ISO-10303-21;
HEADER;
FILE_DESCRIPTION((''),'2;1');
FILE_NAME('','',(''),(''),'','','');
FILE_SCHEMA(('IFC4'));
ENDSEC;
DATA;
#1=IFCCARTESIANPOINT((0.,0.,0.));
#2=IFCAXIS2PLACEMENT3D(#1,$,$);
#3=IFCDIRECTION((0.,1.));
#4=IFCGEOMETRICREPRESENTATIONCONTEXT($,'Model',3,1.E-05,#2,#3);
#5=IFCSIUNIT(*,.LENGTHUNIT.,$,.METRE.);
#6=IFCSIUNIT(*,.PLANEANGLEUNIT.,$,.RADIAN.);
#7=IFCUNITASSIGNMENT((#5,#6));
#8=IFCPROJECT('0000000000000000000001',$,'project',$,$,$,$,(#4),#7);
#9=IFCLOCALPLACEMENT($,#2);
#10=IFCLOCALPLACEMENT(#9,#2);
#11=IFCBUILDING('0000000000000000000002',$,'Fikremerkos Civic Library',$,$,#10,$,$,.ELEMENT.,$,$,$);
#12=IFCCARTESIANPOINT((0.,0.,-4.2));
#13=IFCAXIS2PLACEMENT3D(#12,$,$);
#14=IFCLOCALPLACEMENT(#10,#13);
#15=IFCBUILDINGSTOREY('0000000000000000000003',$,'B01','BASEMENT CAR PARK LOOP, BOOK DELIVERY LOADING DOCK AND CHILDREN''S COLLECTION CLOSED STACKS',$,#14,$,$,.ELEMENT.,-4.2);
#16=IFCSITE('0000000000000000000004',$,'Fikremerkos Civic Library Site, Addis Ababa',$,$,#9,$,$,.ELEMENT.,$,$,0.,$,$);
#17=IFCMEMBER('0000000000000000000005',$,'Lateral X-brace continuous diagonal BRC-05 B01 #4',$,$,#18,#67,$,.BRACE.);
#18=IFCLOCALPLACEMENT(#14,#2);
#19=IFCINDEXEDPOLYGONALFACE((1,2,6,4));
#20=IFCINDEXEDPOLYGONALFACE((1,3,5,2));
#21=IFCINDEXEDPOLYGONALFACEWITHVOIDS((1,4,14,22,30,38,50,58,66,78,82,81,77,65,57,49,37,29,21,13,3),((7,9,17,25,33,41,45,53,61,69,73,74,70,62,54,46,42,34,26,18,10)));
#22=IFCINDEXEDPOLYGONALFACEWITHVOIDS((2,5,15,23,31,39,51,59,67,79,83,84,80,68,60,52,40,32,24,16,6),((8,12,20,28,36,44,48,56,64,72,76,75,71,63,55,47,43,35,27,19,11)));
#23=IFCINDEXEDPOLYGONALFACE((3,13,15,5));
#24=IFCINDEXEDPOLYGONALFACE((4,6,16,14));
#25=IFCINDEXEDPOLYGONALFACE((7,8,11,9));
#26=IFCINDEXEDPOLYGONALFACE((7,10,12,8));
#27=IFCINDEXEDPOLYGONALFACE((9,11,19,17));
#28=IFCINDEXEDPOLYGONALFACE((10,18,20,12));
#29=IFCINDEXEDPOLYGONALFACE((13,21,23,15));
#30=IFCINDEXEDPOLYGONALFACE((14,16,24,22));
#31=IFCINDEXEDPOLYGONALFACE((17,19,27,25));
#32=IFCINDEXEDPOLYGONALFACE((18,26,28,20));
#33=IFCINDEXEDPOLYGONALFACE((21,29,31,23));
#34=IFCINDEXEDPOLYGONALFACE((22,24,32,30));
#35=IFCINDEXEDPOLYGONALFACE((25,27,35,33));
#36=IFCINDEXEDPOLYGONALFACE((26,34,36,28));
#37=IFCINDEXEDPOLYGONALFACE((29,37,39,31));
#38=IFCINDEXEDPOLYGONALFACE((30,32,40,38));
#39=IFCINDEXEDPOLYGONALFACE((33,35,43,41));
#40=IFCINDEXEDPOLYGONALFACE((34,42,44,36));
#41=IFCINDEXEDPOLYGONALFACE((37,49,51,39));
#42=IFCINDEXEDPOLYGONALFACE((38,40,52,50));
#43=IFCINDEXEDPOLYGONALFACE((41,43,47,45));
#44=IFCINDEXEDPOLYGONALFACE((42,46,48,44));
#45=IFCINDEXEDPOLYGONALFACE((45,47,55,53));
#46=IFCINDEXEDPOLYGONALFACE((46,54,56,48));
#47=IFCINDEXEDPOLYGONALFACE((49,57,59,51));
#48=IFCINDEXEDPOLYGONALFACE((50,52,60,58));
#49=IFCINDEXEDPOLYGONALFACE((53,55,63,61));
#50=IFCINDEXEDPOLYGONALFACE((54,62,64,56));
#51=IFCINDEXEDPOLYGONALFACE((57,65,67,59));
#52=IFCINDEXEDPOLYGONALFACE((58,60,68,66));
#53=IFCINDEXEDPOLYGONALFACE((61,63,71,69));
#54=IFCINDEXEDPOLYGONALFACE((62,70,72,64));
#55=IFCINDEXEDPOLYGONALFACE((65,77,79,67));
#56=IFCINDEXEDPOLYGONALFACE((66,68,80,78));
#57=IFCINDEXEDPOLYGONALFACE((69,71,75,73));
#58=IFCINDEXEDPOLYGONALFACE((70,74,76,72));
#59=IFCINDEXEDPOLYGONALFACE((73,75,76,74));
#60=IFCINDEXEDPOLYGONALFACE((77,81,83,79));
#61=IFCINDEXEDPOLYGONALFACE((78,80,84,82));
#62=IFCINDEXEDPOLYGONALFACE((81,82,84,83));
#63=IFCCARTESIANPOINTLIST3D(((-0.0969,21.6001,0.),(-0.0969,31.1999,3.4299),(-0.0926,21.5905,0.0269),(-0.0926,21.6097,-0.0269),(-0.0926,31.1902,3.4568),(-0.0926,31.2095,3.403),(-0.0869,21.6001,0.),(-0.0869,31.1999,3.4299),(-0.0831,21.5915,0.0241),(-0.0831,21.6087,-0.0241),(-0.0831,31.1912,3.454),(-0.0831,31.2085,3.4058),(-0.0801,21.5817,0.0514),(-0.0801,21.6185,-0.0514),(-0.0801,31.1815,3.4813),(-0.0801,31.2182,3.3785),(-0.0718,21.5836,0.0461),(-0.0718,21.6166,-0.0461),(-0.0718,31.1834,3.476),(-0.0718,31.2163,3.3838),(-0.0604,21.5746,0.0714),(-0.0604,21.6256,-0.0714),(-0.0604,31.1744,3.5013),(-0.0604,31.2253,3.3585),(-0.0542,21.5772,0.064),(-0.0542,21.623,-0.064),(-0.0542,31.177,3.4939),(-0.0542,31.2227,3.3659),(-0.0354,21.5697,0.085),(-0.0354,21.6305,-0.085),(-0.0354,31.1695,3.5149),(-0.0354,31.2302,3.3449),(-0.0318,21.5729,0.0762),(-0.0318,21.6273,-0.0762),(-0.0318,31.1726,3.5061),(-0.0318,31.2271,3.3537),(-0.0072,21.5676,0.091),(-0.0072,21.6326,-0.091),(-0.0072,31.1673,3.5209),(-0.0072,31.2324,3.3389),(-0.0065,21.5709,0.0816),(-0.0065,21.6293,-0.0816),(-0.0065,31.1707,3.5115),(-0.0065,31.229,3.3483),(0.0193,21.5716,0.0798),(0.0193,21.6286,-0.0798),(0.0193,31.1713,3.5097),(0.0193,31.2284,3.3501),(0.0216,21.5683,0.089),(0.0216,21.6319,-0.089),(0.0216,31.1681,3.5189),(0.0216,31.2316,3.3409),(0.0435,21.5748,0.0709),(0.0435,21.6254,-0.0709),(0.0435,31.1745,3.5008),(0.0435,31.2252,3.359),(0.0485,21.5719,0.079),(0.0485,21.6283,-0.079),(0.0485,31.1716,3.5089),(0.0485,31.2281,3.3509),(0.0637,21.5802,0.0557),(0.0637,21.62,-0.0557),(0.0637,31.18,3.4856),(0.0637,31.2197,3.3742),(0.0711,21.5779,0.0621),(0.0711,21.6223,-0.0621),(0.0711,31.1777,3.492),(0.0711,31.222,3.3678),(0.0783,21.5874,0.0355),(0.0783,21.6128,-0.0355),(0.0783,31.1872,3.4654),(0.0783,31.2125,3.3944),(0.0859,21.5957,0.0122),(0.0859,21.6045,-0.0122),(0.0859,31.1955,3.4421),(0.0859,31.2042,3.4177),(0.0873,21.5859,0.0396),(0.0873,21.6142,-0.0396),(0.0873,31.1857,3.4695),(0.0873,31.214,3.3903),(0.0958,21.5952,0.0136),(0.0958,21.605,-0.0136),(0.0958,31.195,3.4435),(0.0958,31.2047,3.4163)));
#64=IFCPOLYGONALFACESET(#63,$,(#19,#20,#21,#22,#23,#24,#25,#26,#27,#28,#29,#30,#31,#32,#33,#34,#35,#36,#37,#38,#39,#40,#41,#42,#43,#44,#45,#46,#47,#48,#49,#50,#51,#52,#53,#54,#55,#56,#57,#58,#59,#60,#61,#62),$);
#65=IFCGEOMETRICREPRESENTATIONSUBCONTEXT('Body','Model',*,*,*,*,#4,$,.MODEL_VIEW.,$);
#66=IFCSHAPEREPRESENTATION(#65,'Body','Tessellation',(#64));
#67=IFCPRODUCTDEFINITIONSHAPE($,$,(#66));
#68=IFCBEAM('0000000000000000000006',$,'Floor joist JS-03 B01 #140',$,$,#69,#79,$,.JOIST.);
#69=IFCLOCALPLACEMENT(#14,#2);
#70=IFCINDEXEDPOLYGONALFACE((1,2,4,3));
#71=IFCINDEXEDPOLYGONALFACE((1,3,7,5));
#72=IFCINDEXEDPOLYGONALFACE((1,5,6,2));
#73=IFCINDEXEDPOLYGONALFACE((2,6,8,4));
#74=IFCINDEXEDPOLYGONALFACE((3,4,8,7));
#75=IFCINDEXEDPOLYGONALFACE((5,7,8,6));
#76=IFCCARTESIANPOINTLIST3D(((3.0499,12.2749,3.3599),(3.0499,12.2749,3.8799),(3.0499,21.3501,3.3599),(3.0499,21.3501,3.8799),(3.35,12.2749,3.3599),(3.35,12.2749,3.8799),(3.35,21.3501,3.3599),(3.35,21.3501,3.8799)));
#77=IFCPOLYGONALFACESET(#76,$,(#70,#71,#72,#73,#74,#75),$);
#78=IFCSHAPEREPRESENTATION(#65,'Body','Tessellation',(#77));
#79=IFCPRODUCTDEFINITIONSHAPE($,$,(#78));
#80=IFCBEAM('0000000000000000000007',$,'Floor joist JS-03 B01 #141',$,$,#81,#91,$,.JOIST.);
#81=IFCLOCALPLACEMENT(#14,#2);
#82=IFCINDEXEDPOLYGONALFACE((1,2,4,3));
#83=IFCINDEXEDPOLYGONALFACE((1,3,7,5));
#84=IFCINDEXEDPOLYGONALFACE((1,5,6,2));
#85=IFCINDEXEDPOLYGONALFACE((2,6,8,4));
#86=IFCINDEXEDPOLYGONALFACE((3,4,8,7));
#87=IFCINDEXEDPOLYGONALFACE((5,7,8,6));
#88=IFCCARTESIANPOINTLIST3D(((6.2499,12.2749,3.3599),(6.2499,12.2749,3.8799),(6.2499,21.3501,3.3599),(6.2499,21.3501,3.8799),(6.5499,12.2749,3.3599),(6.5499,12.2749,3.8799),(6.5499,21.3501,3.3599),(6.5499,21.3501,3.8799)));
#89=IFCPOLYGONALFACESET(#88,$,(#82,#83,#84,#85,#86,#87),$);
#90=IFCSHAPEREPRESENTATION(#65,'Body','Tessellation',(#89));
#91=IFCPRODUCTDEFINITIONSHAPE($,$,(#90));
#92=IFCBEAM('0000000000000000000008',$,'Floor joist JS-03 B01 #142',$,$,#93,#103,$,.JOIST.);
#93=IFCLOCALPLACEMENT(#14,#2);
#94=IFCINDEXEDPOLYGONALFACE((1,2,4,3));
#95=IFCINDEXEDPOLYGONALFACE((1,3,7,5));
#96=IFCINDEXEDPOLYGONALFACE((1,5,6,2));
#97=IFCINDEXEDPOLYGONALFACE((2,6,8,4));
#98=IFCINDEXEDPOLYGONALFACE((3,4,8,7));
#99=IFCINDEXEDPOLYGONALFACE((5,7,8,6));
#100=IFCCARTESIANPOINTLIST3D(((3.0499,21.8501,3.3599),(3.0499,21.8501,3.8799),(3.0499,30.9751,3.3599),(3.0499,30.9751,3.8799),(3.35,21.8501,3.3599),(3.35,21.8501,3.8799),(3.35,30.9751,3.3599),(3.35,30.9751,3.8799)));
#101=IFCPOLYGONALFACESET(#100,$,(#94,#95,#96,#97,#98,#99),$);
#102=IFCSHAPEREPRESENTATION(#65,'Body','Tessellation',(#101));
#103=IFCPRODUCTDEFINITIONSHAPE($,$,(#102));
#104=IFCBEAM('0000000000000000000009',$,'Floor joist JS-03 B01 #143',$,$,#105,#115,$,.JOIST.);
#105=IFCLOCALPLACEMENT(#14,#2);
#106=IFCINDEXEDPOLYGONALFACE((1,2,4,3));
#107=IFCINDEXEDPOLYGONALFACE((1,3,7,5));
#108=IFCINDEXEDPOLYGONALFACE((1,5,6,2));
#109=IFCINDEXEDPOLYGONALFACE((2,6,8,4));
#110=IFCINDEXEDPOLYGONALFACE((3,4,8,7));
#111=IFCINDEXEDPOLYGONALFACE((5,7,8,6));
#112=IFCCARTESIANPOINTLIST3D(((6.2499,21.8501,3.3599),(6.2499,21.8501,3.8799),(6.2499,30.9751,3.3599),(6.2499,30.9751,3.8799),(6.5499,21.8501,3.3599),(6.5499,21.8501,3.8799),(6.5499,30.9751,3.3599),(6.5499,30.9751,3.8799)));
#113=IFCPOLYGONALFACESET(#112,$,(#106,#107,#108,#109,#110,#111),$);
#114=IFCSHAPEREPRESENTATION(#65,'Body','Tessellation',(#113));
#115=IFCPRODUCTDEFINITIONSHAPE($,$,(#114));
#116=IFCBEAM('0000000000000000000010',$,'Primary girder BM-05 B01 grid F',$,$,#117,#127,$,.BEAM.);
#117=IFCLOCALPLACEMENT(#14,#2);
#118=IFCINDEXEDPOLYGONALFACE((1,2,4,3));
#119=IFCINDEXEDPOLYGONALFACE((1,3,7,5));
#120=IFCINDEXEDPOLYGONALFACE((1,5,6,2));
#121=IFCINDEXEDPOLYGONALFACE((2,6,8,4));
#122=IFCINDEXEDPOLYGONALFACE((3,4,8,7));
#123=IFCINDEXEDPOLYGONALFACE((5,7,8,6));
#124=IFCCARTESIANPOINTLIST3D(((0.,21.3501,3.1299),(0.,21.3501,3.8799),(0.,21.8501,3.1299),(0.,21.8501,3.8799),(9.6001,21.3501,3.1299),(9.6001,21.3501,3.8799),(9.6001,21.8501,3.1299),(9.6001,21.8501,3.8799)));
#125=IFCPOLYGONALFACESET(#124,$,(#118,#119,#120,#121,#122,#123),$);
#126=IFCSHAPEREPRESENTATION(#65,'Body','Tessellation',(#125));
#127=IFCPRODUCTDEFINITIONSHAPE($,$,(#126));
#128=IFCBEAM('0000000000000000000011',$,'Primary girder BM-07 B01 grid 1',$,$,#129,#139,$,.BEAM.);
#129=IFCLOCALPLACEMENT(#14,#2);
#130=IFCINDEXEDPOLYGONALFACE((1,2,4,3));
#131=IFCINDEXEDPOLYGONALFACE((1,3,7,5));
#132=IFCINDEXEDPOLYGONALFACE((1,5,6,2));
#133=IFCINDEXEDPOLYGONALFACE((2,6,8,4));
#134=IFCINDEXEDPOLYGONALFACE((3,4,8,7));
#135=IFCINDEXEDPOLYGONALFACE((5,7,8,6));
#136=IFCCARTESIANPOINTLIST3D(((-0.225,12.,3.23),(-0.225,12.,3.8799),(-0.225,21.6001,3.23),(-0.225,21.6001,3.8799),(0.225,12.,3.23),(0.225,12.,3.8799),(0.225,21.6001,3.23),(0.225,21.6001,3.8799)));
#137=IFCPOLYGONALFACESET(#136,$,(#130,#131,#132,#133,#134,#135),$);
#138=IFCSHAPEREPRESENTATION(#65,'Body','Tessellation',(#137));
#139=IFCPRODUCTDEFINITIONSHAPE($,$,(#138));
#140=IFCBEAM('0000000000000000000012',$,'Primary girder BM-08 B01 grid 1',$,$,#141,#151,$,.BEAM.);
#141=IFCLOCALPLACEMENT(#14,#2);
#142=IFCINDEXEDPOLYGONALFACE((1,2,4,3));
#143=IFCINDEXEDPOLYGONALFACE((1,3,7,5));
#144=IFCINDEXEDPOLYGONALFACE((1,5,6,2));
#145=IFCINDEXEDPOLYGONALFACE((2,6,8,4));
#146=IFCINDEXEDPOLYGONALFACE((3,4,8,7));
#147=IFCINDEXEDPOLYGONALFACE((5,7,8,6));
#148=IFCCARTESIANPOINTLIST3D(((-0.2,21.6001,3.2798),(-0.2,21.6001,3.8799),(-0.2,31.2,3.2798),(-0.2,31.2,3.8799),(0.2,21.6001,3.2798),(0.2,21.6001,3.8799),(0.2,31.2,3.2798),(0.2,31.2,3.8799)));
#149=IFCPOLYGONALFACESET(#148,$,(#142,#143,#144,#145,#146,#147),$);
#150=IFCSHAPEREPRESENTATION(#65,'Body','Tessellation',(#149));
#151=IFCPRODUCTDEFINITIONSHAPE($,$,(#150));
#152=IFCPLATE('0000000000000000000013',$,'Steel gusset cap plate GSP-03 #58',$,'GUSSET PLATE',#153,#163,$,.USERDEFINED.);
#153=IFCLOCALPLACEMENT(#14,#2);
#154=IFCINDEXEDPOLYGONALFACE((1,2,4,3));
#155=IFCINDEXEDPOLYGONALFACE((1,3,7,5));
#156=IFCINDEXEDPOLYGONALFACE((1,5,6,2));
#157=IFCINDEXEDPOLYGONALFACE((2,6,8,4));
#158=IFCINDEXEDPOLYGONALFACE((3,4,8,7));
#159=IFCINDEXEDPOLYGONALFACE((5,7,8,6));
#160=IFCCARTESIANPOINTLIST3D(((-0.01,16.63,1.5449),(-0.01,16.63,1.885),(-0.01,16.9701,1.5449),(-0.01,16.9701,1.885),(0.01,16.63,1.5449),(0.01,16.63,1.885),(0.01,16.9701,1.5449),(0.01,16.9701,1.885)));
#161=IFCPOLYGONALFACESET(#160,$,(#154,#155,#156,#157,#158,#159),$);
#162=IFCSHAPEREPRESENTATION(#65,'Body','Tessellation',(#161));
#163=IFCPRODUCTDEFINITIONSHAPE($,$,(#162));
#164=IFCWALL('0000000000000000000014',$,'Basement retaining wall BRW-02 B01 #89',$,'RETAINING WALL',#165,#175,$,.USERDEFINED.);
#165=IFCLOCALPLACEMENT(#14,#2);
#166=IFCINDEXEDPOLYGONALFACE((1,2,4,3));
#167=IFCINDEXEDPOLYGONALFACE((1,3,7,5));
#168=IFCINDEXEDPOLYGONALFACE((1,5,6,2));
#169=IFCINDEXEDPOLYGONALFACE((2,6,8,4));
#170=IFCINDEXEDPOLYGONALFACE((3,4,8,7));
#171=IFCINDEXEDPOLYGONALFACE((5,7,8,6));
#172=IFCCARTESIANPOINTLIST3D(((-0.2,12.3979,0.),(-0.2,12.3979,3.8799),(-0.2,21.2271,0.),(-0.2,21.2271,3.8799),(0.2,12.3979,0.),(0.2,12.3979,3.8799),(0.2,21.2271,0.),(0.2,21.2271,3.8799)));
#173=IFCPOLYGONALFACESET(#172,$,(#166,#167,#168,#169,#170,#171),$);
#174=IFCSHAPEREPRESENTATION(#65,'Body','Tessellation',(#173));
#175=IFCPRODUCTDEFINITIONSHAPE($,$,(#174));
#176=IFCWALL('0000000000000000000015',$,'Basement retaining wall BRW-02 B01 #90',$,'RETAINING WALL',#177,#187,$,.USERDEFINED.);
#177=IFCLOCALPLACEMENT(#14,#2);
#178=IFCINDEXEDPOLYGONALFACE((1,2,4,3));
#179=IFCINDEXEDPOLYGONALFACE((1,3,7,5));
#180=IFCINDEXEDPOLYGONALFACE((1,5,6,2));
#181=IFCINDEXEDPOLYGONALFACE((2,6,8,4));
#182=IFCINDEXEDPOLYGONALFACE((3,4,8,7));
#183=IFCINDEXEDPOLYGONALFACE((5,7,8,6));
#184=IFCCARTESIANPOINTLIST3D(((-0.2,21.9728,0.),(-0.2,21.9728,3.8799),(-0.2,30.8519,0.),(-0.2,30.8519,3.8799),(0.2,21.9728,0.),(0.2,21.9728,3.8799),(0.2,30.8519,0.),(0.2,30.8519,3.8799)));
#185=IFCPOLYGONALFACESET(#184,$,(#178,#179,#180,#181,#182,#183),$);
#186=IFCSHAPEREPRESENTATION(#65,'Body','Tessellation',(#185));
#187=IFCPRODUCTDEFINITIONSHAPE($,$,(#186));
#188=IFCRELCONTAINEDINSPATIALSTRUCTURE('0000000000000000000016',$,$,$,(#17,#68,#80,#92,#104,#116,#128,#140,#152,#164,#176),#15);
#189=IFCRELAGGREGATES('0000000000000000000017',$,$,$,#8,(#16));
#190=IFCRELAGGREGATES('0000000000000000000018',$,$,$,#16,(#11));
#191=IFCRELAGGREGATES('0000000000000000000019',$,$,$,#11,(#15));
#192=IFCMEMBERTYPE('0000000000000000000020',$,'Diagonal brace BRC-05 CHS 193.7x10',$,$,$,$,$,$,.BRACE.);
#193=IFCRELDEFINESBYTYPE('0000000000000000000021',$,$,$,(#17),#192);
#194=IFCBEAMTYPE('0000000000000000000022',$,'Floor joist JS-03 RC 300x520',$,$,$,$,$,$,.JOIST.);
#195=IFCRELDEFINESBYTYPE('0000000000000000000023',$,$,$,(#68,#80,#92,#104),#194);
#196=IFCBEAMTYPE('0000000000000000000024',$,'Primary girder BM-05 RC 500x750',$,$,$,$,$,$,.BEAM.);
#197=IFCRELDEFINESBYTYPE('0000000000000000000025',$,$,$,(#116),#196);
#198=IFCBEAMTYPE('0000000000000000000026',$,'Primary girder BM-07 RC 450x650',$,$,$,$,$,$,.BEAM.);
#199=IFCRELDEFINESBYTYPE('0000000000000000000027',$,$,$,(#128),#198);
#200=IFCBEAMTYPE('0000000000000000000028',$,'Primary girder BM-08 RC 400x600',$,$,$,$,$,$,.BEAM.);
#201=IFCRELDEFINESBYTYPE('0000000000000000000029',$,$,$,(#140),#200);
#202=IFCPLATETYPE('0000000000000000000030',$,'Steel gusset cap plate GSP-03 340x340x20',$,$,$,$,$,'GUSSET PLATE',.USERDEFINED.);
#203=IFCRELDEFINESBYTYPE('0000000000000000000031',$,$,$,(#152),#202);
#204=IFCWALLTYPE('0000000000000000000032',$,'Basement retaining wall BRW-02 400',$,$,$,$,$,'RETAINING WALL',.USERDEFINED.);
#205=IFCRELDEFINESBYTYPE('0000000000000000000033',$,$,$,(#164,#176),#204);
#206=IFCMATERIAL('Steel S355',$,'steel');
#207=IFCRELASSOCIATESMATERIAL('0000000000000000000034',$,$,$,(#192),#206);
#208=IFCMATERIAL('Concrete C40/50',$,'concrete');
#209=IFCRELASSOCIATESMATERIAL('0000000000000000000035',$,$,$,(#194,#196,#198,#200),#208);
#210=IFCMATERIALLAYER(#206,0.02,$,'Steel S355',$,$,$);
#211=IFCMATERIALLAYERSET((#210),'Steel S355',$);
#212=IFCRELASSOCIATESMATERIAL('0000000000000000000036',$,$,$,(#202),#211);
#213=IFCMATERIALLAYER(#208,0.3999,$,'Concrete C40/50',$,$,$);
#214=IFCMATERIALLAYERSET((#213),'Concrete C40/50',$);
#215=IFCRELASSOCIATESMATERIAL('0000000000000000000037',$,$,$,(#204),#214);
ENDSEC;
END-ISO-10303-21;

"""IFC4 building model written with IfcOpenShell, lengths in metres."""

from ifc_helpers import new_model, si_unit, direction, frame, frame_2d, origin, origin_2d, place, context, subcontext, project, spatial, rectangle, hollow_circle, extrude, material, layer, layer_set, material_profile, profile_set, type_object, element, save


model = new_model("IFC4")

# Units and contexts
model_context = context("Model", 3, precision=1e-05, world=origin(), true_north=direction((0.0, 1.0)))
body_context = subcontext(model_context, "Body", "Model", "MODEL_VIEW")
ifc_project = project(units=[si_unit("LENGTHUNIT", "METRE"), si_unit("PLANEANGLEUNIT", "RADIAN")], contexts=[model_context])

# Site, building, storey
site_placement = place(None, origin())
site = spatial("IfcSite", under=ifc_project, at=site_placement, Name="Fikremerkos Civic Library Site, Addis Ababa", CompositionType="ELEMENT", RefElevation=0.0)
building_placement = place(site_placement, origin())
building = spatial("IfcBuilding", under=site, at=building_placement, Name="Fikremerkos Civic Library", CompositionType="ELEMENT")
storey_placement = place(building_placement, frame((0.0, 0.0, -4.2)))
storey = spatial("IfcBuildingStorey", under=building, at=storey_placement, Name="B01", Description="BASEMENT CAR PARK LOOP, BOOK DELIVERY LOADING DOCK AND CHILDREN'S COLLECTION CLOSED STACKS", CompositionType="ELEMENT", Elevation=-4.2)

# Shared definitions
ifc_material_1 = material(Name="Concrete C40/50", Category="concrete")

# Member
ifc_material_2 = material(Name="Steel S355", Category="steel")
ifc_material_profile_1 = material_profile(ifc_material_2, hollow_circle(Radius=0.0969, WallThickness=0.01, at=origin_2d()), Name="CHS 193.7x10")
ifc_profile_set_1 = profile_set([ifc_material_profile_1], Name="Steel S355")
member_type_1 = type_object("IfcMemberType", Name="Diagonal brace BRC-05 CHS 193.7x10", PredefinedType="BRACE", material=ifc_profile_set_1)
member_1_placement = place(storey_placement, frame((0.0, 21.6001, 0.0), z_axis=(0.0, 0.941698, 0.336459), x_axis=(-1.0, 0.0, 0.0)))
element("IfcMember", 1, at=member_1_placement, inside=storey, type_object=member_type_1, Name="Lateral X-brace continuous diagonal BRC-05 B01 #4", PredefinedType="BRACE", context=body_context, shape_type="SweptSolid", body=[
    extrude(hollow_circle(Radius=0.0969, WallThickness=0.01, at=origin_2d()), origin(), (0.0, 0.0, 1.0), 10.1941),
])

# Beams
ifc_material_profile_2 = material_profile(ifc_material_1, rectangle(XDim=0.3, YDim=0.52, at=origin_2d()), Name="RC 300x520")
ifc_profile_set_2 = profile_set([ifc_material_profile_2], Name="Concrete C40/50")
beam_type_1 = type_object("IfcBeamType", Name="Floor joist JS-03 RC 300x520", PredefinedType="JOIST", material=ifc_profile_set_2)
for number, where, z_axis, x_axis, name in (
    (2, (3.2, 12.2749, 3.6199), (0.0, 1.0, 0.0), (-1.0, 0.0, 0.0), "Floor joist JS-03 B01 #140"),
    (3, (6.3999, 12.2749, 3.6199), (0.0, 1.0, 0.0), (-1.0, 0.0, 0.0), "Floor joist JS-03 B01 #141"),
):
    element("IfcBeam", number, at=place(storey_placement, frame(where, z_axis=z_axis, x_axis=x_axis)), inside=storey, type_object=beam_type_1, Name=name, PredefinedType="JOIST", context=body_context, shape_type="SweptSolid", body=[
        extrude(rectangle(XDim=0.3, YDim=0.52, at=origin_2d()), origin(), (0.0, 0.0, 1.0), 9.0752),
    ])
for number, where, z_axis, x_axis, name in (
    (4, (3.2, 21.8501, 3.6199), (0.0, 1.0, 0.0), (-1.0, 0.0, 0.0), "Floor joist JS-03 B01 #142"),
    (5, (6.3999, 21.8501, 3.6199), (0.0, 1.0, 0.0), (-1.0, 0.0, 0.0), "Floor joist JS-03 B01 #143"),
):
    element("IfcBeam", number, at=place(storey_placement, frame(where, z_axis=z_axis, x_axis=x_axis)), inside=storey, type_object=beam_type_1, Name=name, PredefinedType="JOIST", context=body_context, shape_type="SweptSolid", body=[
        extrude(rectangle(XDim=0.3, YDim=0.52, at=origin_2d()), origin(), (0.0, 0.0, 1.0), 9.125),
    ])
ifc_material_profile_3 = material_profile(ifc_material_1, rectangle(XDim=0.5, YDim=0.75, at=origin_2d()), Name="RC 500x750")
ifc_profile_set_3 = profile_set([ifc_material_profile_3], Name="Concrete C40/50")
beam_type_2 = type_object("IfcBeamType", Name="Primary girder BM-05 RC 500x750", PredefinedType="BEAM", material=ifc_profile_set_3)
beam_1_placement = place(storey_placement, frame((0.0, 21.6001, 3.5049), z_axis=(1.0, 0.0, 0.0), x_axis=(0.0, 1.0, 0.0)))
element("IfcBeam", 6, at=beam_1_placement, inside=storey, type_object=beam_type_2, Name="Primary girder BM-05 B01 grid F", PredefinedType="BEAM", context=body_context, shape_type="SweptSolid", body=[
    extrude(rectangle(XDim=0.5, YDim=0.75, at=origin_2d()), origin(), (0.0, 0.0, 1.0), 9.6001),
])
ifc_material_profile_4 = material_profile(ifc_material_1, rectangle(XDim=0.45, YDim=0.6499, at=origin_2d()), Name="RC 450x650")
ifc_profile_set_4 = profile_set([ifc_material_profile_4], Name="Concrete C40/50")
beam_type_3 = type_object("IfcBeamType", Name="Primary girder BM-07 RC 450x650", PredefinedType="BEAM", material=ifc_profile_set_4)
beam_2_placement = place(storey_placement, frame((0.0, 12.0, 3.5549), z_axis=(0.0, 1.0, 0.0), x_axis=(-1.0, 0.0, 0.0)))
element("IfcBeam", 7, at=beam_2_placement, inside=storey, type_object=beam_type_3, Name="Primary girder BM-07 B01 grid 1", PredefinedType="BEAM", context=body_context, shape_type="SweptSolid", body=[
    extrude(rectangle(XDim=0.45, YDim=0.6499, at=origin_2d()), origin(), (0.0, 0.0, 1.0), 9.6001),
])
ifc_material_profile_5 = material_profile(ifc_material_1, rectangle(XDim=0.3999, YDim=0.6001, at=origin_2d()), Name="RC 400x600")
ifc_profile_set_5 = profile_set([ifc_material_profile_5], Name="Concrete C40/50")
beam_type_4 = type_object("IfcBeamType", Name="Primary girder BM-08 RC 400x600", PredefinedType="BEAM", material=ifc_profile_set_5)
beam_3_placement = place(storey_placement, frame((0.0, 21.6001, 3.5798), z_axis=(0.0, 1.0, 0.0), x_axis=(-1.0, 0.0, 0.0)))
element("IfcBeam", 8, at=beam_3_placement, inside=storey, type_object=beam_type_4, Name="Primary girder BM-08 B01 grid 1", PredefinedType="BEAM", context=body_context, shape_type="SweptSolid", body=[
    extrude(rectangle(XDim=0.3999, YDim=0.6001, at=origin_2d()), origin(), (0.0, 0.0, 1.0), 9.5999),
])

# Plate
ifc_layer_1 = layer(ifc_material_2, 0.02, Name="Steel S355")
ifc_layer_set_1 = layer_set([ifc_layer_1], Name="Steel S355")
plate_type = type_object("IfcPlateType", Name="Steel gusset cap plate GSP-03 340x340x20", ElementType="GUSSET PLATE", PredefinedType="USERDEFINED", material=ifc_layer_set_1)
plate_placement = place(storey_placement, frame((0.0, 16.8, 1.5449), z_axis=(0.0, 0.0, 1.0), x_axis=(1.0, 0.0, 0.0)))
element("IfcPlate", 9, at=plate_placement, inside=storey, type_object=plate_type, Name="Steel gusset cap plate GSP-03 #58", ObjectType="GUSSET PLATE", PredefinedType="USERDEFINED", context=body_context, shape_type="SweptSolid", body=[
    extrude(rectangle(XDim=0.02, YDim=0.3401, at=origin_2d()), origin(), (0.0, 0.0, 1.0), 0.3401),
])

# Walls
ifc_layer_2 = layer(ifc_material_1, 0.3999, Name="Concrete C40/50")
ifc_layer_set_2 = layer_set([ifc_layer_2], Name="Concrete C40/50")
wall_type_1 = type_object("IfcWallType", Name="Basement retaining wall BRW-02 400", ElementType="RETAINING WALL", PredefinedType="USERDEFINED", material=ifc_layer_set_2)
wall_1_placement = place(storey_placement, frame((0.0, 12.3979, 0.0), z_axis=(0.0, 0.0, 1.0), x_axis=(0.0, 1.0, 0.0)))
element("IfcWall", 10, at=wall_1_placement, inside=storey, type_object=wall_type_1, Name="Basement retaining wall BRW-02 B01 #89", ObjectType="RETAINING WALL", PredefinedType="USERDEFINED", context=body_context, shape_type="SweptSolid", body=[
    extrude(rectangle(XDim=8.8291, YDim=0.3999, at=frame_2d((4.4146, 0.0))), origin(), (0.0, 0.0, 1.0), 3.8799),
])
wall_2_placement = place(storey_placement, frame((0.0, 21.9729, 0.0), z_axis=(0.0, 0.0, 1.0), x_axis=(0.0, 1.0, 0.0)))
element("IfcWall", 11, at=wall_2_placement, inside=storey, type_object=wall_type_1, Name="Basement retaining wall BRW-02 B01 #90", ObjectType="RETAINING WALL", PredefinedType="USERDEFINED", context=body_context, shape_type="SweptSolid", body=[
    extrude(rectangle(XDim=8.8792, YDim=0.3999, at=frame_2d((4.4395, 0.0))), origin(), (0.0, 0.0, 1.0), 3.8799),
])

save(model, "model.ifc")
